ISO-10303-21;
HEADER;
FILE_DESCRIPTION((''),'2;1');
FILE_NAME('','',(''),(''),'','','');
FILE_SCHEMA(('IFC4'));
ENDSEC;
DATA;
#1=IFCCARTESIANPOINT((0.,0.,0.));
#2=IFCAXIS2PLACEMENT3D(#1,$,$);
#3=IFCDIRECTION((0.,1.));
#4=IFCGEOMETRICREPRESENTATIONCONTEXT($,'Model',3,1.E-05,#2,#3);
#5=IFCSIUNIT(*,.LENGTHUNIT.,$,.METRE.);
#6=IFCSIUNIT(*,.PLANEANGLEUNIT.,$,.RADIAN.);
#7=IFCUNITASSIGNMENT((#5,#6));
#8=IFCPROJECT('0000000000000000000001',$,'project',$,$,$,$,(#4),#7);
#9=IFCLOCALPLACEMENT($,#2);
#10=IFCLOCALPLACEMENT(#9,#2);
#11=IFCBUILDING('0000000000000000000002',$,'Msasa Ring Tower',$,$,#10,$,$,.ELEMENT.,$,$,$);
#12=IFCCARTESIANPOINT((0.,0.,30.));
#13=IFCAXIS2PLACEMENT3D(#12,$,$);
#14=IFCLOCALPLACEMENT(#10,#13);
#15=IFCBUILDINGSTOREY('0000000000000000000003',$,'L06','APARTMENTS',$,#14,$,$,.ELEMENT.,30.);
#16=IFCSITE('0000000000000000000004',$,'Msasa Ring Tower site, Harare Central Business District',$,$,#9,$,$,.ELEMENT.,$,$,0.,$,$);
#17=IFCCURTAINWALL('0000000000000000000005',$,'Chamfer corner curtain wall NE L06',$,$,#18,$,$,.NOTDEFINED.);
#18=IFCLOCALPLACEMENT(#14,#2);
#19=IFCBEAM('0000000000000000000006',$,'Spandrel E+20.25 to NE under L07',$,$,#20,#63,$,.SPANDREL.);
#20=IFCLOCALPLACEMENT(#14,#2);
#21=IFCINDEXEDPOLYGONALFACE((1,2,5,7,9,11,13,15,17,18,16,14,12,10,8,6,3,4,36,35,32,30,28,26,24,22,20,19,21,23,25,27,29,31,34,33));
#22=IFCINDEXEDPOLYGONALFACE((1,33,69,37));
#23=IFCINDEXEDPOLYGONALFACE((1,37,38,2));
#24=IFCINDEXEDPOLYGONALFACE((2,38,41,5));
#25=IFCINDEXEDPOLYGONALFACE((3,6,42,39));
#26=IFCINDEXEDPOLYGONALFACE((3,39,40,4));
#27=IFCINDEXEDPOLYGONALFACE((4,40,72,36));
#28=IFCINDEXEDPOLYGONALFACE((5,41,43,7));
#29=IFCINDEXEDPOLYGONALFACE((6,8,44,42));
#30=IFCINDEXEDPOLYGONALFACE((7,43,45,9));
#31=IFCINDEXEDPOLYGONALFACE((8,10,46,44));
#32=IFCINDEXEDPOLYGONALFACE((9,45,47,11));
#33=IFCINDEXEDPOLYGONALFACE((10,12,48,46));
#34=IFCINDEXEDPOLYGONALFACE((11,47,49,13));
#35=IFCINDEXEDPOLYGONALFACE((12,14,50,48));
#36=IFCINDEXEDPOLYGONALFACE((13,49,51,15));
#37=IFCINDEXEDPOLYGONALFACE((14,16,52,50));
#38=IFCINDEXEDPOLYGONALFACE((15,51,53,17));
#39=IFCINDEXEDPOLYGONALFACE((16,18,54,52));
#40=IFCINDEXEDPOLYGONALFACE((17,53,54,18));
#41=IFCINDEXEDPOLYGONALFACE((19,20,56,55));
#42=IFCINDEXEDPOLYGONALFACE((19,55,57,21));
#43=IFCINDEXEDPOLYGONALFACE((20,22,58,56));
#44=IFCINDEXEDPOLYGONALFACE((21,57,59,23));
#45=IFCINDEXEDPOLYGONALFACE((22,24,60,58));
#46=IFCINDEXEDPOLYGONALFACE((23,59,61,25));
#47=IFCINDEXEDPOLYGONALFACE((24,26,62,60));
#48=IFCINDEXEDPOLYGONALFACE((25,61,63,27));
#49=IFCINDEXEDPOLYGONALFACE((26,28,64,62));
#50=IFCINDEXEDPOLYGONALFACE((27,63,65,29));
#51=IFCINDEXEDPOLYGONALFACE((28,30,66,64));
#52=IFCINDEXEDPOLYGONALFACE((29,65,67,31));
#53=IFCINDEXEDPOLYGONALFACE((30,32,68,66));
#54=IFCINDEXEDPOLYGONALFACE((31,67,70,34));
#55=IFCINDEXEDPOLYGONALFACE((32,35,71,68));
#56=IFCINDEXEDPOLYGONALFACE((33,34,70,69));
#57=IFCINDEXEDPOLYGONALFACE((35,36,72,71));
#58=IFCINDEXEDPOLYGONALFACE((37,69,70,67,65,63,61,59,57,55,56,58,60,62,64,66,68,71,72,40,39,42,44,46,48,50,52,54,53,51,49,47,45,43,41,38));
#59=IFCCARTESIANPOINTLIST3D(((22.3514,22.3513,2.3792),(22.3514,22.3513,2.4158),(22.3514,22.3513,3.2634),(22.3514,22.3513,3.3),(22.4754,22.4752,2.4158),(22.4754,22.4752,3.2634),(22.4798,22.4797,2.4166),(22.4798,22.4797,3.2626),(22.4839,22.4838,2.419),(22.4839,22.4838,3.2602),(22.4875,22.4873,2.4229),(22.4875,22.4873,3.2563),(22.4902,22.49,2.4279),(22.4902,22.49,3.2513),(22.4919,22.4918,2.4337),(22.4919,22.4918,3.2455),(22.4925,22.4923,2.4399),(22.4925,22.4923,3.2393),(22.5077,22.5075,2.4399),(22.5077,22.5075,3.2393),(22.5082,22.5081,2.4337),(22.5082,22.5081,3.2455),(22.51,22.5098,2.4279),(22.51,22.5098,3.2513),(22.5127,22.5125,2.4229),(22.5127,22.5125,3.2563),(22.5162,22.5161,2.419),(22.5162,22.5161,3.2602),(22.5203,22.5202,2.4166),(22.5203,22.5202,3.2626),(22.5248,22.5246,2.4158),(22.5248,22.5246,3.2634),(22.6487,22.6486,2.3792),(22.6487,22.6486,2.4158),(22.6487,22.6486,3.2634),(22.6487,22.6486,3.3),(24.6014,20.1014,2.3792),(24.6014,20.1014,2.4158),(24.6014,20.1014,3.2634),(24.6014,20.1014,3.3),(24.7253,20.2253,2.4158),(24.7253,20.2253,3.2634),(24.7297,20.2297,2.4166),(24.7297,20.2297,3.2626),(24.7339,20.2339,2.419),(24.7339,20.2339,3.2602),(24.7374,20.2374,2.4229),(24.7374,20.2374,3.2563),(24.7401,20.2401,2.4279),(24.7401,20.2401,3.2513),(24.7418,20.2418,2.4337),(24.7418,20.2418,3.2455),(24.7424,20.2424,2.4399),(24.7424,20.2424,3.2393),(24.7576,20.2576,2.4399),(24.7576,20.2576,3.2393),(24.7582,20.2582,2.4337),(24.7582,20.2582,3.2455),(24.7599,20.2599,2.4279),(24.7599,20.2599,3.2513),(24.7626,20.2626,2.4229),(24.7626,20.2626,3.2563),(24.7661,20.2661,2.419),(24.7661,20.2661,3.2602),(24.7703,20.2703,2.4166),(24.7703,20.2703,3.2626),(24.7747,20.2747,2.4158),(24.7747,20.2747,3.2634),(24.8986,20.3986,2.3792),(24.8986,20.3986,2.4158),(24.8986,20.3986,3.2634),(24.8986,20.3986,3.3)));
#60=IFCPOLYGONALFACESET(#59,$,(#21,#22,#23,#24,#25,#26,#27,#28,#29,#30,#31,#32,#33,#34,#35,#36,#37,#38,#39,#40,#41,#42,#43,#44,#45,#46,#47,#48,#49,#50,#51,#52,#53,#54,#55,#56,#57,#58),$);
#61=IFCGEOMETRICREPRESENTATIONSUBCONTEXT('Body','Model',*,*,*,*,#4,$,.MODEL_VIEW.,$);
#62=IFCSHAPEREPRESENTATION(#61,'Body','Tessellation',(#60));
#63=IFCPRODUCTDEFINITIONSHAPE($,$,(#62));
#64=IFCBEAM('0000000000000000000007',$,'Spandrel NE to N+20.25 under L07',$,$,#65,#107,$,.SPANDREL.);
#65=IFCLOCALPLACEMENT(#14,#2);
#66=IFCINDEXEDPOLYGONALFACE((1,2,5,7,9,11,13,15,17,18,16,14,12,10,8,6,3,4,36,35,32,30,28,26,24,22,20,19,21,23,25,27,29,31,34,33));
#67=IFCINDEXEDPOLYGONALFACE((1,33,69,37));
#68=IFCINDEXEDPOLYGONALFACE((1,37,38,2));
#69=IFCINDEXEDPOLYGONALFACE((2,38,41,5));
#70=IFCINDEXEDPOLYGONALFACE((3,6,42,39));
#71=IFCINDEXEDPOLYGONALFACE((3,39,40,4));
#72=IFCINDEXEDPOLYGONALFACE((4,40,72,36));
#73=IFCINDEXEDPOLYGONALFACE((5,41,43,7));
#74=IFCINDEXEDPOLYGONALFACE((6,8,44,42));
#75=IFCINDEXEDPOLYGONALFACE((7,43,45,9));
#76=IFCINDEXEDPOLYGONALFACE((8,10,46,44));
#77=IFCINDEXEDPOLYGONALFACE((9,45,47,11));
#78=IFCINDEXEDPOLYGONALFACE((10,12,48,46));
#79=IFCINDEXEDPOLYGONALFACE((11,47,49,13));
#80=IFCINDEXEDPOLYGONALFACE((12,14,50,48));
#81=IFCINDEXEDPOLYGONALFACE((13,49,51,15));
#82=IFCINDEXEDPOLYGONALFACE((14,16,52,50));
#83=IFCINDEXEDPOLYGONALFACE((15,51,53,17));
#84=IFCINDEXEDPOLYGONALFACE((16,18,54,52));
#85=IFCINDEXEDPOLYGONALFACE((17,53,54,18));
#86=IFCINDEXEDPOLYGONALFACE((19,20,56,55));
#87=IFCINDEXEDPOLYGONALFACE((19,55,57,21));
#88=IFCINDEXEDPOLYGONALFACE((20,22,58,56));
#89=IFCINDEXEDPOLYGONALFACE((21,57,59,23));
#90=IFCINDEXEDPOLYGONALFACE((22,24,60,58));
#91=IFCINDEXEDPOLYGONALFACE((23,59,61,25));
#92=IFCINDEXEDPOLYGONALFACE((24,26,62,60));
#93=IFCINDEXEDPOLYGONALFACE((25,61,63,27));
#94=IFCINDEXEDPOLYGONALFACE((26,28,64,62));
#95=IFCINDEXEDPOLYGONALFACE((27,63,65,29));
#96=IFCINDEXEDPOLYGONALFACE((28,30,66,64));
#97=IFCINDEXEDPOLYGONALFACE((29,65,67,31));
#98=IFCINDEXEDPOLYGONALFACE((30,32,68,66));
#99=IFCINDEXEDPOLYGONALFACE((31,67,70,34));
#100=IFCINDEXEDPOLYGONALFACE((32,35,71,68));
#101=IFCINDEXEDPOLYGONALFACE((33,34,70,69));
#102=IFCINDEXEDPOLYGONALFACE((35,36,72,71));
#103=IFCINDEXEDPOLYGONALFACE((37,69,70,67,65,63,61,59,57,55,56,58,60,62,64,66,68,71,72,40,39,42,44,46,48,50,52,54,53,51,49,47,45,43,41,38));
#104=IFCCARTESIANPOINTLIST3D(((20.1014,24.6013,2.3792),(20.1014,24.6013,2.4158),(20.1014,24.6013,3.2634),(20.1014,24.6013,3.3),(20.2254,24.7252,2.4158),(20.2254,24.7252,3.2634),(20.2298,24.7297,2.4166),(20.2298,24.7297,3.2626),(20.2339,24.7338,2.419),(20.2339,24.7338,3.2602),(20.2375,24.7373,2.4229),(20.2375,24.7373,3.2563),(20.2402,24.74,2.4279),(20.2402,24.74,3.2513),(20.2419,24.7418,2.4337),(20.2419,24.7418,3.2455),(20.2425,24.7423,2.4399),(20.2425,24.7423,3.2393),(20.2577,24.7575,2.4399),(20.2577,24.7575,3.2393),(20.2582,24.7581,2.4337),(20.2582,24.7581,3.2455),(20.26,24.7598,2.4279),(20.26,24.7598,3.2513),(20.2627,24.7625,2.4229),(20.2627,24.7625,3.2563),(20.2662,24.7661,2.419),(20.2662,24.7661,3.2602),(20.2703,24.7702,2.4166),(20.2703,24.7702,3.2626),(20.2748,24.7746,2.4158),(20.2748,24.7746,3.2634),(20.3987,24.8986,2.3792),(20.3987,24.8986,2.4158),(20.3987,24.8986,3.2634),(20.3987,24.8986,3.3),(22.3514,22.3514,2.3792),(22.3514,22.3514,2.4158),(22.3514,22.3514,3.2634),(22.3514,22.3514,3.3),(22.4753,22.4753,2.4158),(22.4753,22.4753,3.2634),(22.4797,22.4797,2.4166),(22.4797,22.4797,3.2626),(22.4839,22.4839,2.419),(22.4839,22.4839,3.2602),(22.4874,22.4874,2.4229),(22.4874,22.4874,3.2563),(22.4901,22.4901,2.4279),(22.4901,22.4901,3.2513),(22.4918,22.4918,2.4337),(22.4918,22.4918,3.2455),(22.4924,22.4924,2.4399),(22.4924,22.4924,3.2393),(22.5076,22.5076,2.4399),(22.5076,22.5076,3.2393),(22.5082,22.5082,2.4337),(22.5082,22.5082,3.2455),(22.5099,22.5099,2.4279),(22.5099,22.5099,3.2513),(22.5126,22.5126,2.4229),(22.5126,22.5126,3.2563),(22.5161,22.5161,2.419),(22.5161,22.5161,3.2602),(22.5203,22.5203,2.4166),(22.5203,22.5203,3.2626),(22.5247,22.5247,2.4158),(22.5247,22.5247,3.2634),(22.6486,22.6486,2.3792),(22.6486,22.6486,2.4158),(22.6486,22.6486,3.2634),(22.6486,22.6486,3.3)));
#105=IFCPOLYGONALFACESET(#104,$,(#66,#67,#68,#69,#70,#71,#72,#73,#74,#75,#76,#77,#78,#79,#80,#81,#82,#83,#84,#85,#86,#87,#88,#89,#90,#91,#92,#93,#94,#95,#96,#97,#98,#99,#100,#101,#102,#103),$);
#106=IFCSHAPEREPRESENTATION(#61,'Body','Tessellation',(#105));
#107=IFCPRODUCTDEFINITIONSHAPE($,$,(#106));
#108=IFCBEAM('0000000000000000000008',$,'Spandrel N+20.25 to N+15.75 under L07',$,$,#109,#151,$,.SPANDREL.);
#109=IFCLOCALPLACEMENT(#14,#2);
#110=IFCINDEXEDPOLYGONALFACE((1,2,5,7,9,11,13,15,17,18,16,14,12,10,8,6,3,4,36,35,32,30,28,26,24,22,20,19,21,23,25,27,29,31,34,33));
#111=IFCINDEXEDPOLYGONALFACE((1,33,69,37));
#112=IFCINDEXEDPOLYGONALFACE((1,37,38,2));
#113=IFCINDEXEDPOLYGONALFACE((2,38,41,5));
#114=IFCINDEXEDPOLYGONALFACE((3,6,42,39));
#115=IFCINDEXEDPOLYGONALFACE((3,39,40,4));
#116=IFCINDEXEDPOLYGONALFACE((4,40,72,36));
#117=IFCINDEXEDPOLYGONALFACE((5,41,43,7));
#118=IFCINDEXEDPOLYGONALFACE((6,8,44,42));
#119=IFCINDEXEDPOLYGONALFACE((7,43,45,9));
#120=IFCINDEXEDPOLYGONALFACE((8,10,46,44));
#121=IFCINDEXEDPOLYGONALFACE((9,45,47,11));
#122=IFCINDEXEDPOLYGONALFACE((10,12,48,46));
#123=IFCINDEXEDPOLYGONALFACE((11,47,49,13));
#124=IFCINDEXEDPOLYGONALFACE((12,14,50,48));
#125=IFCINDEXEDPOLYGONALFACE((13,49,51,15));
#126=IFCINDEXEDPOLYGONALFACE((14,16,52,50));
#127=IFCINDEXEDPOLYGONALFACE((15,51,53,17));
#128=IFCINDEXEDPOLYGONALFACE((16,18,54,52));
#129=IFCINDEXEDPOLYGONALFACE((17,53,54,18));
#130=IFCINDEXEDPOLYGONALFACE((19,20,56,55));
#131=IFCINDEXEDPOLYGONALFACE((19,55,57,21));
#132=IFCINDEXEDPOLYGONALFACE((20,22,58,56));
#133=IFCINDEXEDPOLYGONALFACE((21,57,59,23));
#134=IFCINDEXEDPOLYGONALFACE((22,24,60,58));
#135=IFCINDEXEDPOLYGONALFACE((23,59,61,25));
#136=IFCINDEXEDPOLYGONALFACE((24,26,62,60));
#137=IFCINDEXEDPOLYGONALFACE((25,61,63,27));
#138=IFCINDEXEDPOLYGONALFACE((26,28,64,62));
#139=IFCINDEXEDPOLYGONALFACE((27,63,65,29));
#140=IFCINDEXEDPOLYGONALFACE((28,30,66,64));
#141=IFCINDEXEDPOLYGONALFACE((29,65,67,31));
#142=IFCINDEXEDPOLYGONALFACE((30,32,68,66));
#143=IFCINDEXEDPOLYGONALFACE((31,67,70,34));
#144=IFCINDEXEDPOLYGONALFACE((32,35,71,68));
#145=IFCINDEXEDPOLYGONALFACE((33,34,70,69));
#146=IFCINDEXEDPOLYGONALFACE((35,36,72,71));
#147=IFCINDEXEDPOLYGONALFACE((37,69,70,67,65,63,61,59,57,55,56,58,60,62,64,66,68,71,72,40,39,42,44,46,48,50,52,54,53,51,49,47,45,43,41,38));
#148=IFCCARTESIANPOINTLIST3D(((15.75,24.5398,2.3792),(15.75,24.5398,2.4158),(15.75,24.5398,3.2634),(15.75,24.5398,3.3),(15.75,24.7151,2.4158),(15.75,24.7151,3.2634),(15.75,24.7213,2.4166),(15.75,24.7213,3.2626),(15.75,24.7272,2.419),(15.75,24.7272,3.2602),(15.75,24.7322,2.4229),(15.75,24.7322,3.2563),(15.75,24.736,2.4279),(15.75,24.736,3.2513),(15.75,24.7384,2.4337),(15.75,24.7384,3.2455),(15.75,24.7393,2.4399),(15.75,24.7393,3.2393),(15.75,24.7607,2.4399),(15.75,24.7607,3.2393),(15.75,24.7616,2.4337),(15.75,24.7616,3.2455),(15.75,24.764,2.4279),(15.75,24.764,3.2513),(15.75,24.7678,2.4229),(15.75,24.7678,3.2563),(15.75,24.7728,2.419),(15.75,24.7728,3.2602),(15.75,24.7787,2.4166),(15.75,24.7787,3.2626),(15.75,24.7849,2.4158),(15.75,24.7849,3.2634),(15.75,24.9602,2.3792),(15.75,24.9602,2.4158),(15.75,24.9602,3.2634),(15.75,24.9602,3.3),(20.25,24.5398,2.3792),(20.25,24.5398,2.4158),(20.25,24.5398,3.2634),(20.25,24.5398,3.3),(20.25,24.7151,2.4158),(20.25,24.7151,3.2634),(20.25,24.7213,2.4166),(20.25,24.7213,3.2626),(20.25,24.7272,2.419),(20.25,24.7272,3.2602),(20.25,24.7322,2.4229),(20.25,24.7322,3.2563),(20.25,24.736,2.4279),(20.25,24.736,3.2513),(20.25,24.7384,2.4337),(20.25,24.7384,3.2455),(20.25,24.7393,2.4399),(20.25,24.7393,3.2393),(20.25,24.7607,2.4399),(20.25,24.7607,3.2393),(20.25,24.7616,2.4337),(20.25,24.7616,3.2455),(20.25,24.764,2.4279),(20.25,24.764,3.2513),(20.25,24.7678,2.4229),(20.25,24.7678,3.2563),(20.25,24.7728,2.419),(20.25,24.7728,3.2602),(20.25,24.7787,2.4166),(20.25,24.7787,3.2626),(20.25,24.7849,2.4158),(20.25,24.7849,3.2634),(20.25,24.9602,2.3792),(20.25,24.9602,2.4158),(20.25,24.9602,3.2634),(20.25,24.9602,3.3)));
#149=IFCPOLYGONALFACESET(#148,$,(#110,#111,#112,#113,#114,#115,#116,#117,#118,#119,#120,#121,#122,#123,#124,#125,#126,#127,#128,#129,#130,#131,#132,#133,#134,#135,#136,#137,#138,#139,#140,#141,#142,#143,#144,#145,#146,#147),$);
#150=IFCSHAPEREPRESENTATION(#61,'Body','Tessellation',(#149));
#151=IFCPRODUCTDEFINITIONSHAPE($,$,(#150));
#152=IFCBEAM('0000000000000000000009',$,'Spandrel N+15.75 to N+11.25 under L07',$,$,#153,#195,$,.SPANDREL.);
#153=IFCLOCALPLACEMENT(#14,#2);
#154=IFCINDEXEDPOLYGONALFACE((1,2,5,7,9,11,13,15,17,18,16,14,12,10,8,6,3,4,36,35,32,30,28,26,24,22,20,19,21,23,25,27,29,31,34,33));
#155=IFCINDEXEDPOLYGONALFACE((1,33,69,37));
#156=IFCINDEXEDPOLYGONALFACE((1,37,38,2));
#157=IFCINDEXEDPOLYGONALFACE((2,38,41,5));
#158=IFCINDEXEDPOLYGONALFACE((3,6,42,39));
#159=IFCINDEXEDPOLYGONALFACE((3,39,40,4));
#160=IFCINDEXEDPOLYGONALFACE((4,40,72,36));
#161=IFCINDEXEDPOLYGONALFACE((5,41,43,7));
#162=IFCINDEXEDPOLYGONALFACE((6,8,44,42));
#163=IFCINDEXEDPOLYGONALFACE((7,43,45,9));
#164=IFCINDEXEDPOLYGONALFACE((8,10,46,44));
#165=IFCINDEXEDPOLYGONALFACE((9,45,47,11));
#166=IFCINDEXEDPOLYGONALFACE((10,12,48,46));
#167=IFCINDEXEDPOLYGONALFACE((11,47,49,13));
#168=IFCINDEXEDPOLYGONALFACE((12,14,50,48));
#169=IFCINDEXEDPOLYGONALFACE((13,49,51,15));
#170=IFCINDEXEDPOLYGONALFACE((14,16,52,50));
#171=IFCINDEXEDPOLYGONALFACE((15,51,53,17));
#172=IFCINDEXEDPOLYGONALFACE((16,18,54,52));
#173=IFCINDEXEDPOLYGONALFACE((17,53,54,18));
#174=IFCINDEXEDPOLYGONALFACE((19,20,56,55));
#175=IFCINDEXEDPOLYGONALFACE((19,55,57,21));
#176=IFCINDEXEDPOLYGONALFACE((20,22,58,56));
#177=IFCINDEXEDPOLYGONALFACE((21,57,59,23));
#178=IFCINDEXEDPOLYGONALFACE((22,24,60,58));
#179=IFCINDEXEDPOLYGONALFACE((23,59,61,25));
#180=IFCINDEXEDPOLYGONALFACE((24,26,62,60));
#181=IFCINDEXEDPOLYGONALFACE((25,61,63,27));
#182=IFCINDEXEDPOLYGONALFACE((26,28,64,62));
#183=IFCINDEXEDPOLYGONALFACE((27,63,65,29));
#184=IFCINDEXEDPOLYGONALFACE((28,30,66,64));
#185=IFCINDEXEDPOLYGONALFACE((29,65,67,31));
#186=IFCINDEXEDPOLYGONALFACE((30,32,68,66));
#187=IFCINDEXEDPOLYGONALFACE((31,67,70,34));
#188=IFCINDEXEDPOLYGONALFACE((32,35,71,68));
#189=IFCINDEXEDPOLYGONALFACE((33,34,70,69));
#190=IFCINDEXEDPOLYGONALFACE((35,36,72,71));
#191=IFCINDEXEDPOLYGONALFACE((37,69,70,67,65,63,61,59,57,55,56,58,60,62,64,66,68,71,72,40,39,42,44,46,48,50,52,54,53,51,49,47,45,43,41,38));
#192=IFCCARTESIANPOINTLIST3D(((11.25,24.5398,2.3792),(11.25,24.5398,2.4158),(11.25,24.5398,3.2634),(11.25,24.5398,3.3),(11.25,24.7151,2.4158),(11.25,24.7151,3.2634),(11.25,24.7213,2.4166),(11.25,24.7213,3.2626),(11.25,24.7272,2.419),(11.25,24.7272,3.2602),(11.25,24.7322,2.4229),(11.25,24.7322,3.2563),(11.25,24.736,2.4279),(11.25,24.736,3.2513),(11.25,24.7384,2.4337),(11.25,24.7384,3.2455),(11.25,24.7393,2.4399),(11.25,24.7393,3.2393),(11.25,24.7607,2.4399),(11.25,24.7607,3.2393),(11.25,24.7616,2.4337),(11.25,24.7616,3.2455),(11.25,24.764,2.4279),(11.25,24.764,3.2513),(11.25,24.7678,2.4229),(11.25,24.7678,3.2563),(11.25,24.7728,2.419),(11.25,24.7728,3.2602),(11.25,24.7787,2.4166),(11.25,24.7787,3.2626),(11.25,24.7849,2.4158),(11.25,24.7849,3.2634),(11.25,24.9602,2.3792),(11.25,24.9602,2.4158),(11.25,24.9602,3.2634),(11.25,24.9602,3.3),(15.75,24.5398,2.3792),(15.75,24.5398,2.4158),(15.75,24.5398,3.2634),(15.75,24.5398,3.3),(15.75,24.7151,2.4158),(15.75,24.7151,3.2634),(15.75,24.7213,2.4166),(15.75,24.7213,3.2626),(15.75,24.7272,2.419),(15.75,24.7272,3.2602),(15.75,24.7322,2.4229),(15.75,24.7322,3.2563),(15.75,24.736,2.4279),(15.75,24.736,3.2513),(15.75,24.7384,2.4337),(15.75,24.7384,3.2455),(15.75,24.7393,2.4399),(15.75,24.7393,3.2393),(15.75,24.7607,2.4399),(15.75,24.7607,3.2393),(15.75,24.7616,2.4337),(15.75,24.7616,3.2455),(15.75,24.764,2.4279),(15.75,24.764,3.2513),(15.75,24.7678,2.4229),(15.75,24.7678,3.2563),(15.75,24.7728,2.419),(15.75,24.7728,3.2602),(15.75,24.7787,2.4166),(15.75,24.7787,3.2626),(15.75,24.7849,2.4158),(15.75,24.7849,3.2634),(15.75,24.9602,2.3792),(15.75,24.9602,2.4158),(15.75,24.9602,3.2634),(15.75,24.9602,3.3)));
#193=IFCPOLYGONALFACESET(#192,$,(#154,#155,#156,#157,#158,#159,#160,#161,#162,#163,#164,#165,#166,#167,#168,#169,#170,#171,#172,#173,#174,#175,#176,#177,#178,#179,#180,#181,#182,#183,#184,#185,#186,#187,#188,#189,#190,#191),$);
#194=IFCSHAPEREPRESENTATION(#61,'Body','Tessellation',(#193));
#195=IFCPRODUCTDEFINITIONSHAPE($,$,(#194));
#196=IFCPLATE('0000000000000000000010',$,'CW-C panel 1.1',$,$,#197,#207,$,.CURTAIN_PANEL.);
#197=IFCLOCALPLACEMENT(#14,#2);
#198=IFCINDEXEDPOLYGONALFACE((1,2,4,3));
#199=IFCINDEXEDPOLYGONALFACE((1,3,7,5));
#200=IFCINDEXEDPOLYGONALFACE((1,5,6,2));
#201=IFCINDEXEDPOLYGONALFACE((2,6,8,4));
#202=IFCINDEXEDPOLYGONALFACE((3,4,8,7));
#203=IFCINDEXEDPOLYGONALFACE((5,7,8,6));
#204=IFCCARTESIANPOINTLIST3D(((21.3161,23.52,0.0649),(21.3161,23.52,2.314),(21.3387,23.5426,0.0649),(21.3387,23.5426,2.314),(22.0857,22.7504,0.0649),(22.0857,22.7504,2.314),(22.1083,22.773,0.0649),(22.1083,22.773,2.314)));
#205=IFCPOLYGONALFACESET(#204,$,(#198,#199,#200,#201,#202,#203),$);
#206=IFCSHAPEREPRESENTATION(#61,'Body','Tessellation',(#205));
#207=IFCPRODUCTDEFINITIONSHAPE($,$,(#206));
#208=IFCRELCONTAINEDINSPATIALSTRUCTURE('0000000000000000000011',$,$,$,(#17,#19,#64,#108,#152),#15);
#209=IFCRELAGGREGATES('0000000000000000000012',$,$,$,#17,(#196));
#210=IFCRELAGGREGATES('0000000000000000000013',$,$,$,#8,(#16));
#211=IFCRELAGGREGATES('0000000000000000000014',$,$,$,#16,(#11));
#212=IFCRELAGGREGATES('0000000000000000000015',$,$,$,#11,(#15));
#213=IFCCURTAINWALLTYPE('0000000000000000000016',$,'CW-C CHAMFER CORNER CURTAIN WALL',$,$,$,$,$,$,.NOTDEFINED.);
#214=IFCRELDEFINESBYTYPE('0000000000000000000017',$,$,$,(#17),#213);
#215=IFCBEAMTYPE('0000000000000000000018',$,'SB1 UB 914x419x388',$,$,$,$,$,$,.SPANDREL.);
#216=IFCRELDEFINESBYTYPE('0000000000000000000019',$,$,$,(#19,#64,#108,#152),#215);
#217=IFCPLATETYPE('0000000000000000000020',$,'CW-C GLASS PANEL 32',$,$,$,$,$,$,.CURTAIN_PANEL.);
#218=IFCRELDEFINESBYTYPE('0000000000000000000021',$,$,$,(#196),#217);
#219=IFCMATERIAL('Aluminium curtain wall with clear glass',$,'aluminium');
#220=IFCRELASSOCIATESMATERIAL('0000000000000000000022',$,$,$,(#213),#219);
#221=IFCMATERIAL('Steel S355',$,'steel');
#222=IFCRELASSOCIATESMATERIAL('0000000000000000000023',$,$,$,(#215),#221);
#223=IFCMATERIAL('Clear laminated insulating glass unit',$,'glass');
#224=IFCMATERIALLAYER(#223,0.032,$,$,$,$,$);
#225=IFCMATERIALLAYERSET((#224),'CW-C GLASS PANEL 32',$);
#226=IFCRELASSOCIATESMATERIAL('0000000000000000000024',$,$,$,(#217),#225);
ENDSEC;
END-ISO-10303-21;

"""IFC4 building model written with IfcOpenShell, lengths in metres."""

from ifc_helpers import new_model, si_unit, direction, frame, origin, origin_2d, place, context, subcontext, project, spatial, rectangle, i_section, extrude, material, layer, layer_set, material_profile, profile_set, type_object, element, aggregate, save


model = new_model("IFC4")

# Units and contexts
model_context = context("Model", 3, precision=1e-05, world=origin(), true_north=direction((0.0, 1.0)))
body_context = subcontext(model_context, "Body", "Model", "MODEL_VIEW")
ifc_project = project(units=[si_unit("LENGTHUNIT", "METRE"), si_unit("PLANEANGLEUNIT", "RADIAN")], contexts=[model_context])

# Site, building, storey
site_placement = place(None, origin())
site = spatial("IfcSite", under=ifc_project, at=site_placement, Name="Msasa Ring Tower site, Harare Central Business District", CompositionType="ELEMENT", RefElevation=0.0)
building_placement = place(site_placement, origin())
building = spatial("IfcBuilding", under=site, at=building_placement, Name="Msasa Ring Tower", CompositionType="ELEMENT")
storey_placement = place(building_placement, frame((0.0, 0.0, 30.0)))
storey = spatial("IfcBuildingStorey", under=building, at=storey_placement, Name="L06", Description="APARTMENTS", CompositionType="ELEMENT", Elevation=30.0)

# Curtain wall
ifc_material_1 = material(Name="Aluminium curtain wall with clear glass", Category="aluminium")
curtain_wall_type = type_object("IfcCurtainWallType", Name="CW-C CHAMFER CORNER CURTAIN WALL", PredefinedType="NOTDEFINED", material=ifc_material_1)
curtain_wall_1_placement = place(storey_placement, origin())
curtain_wall_1 = element("IfcCurtainWall", 1, at=curtain_wall_1_placement, inside=storey, type_object=curtain_wall_type, Name="Chamfer corner curtain wall NE L06", PredefinedType="NOTDEFINED")

# Beams
ifc_material_2 = material(Name="Steel S355", Category="steel")
ifc_material_profile_1 = material_profile(ifc_material_2, i_section(OverallWidth=0.4204, OverallDepth=0.9209, WebThickness=0.0215, FlangeThickness=0.0366, FilletRadius=0.0242, at=origin_2d()), Name="UB 914x419x388")
ifc_profile_set_1 = profile_set([ifc_material_profile_1], Name="Steel S355")
beam_type_1 = type_object("IfcBeamType", Name="SB1 UB 914x419x388", PredefinedType="SPANDREL", material=ifc_profile_set_1)
for number, where, z_axis, x_axis, name in (
    (2, (24.75, 20.25, 2.8396), (-0.707107, 0.707107, 0.0), (-0.707107, -0.707107, 0.0), "Spandrel E+20.25 to NE under L07"),
    (3, (22.5, 22.5, 2.8396), (-0.707107, 0.707107, 0.0), (-0.707107, -0.707107, 0.0), "Spandrel NE to N+20.25 under L07"),
):
    element("IfcBeam", number, at=place(storey_placement, frame(where, z_axis=z_axis, x_axis=x_axis)), inside=storey, type_object=beam_type_1, Name=name, PredefinedType="SPANDREL", context=body_context, shape_type="SweptSolid", body=[
        extrude(i_section(OverallWidth=0.4204, OverallDepth=0.9209, WebThickness=0.0215, FlangeThickness=0.0366, FilletRadius=0.0242, at=origin_2d()), origin(), (0.0, 0.0, 1.0), 3.1819),
    ])
for number, where, z_axis, x_axis, name in (
    (4, (20.25, 24.75, 2.8396), (-1.0, 0.0, 0.0), (0.0, -1.0, 0.0), "Spandrel N+20.25 to N+15.75 under L07"),
    (5, (15.75, 24.75, 2.8396), (-1.0, 0.0, 0.0), (0.0, -1.0, 0.0), "Spandrel N+15.75 to N+11.25 under L07"),
):
    element("IfcBeam", number, at=place(storey_placement, frame(where, z_axis=z_axis, x_axis=x_axis)), inside=storey, type_object=beam_type_1, Name=name, PredefinedType="SPANDREL", context=body_context, shape_type="SweptSolid", body=[
        extrude(i_section(OverallWidth=0.4204, OverallDepth=0.9209, WebThickness=0.0215, FlangeThickness=0.0366, FilletRadius=0.0242, at=origin_2d()), origin(), (0.0, 0.0, 1.0), 4.5),
    ])

# Plate
ifc_material_3 = material(Name="Clear laminated insulating glass unit", Category="glass")
ifc_layer_1 = layer(ifc_material_3, 0.032)
ifc_layer_set_1 = layer_set([ifc_layer_1], Name="CW-C GLASS PANEL 32")
plate_type = type_object("IfcPlateType", Name="CW-C GLASS PANEL 32", PredefinedType="CURTAIN_PANEL", material=ifc_layer_set_1)
plate_1_placement = place(storey_placement, frame((21.7122, 23.1465, 0.0649), z_axis=(0.0, 0.0, 1.0), x_axis=(-0.707107, 0.707107, 0.0)))
plate_1 = element("IfcPlate", 6, at=plate_1_placement, type_object=plate_type, Name="CW-C panel 1.1", PredefinedType="CURTAIN_PANEL", context=body_context, shape_type="SweptSolid", body=[
    extrude(rectangle(XDim=1.0884, YDim=0.032, at=origin_2d()), origin(), (0.0, 0.0, 1.0), 2.249),
])
aggregate(curtain_wall_1, [plate_1])

save(model, "model.ifc")
